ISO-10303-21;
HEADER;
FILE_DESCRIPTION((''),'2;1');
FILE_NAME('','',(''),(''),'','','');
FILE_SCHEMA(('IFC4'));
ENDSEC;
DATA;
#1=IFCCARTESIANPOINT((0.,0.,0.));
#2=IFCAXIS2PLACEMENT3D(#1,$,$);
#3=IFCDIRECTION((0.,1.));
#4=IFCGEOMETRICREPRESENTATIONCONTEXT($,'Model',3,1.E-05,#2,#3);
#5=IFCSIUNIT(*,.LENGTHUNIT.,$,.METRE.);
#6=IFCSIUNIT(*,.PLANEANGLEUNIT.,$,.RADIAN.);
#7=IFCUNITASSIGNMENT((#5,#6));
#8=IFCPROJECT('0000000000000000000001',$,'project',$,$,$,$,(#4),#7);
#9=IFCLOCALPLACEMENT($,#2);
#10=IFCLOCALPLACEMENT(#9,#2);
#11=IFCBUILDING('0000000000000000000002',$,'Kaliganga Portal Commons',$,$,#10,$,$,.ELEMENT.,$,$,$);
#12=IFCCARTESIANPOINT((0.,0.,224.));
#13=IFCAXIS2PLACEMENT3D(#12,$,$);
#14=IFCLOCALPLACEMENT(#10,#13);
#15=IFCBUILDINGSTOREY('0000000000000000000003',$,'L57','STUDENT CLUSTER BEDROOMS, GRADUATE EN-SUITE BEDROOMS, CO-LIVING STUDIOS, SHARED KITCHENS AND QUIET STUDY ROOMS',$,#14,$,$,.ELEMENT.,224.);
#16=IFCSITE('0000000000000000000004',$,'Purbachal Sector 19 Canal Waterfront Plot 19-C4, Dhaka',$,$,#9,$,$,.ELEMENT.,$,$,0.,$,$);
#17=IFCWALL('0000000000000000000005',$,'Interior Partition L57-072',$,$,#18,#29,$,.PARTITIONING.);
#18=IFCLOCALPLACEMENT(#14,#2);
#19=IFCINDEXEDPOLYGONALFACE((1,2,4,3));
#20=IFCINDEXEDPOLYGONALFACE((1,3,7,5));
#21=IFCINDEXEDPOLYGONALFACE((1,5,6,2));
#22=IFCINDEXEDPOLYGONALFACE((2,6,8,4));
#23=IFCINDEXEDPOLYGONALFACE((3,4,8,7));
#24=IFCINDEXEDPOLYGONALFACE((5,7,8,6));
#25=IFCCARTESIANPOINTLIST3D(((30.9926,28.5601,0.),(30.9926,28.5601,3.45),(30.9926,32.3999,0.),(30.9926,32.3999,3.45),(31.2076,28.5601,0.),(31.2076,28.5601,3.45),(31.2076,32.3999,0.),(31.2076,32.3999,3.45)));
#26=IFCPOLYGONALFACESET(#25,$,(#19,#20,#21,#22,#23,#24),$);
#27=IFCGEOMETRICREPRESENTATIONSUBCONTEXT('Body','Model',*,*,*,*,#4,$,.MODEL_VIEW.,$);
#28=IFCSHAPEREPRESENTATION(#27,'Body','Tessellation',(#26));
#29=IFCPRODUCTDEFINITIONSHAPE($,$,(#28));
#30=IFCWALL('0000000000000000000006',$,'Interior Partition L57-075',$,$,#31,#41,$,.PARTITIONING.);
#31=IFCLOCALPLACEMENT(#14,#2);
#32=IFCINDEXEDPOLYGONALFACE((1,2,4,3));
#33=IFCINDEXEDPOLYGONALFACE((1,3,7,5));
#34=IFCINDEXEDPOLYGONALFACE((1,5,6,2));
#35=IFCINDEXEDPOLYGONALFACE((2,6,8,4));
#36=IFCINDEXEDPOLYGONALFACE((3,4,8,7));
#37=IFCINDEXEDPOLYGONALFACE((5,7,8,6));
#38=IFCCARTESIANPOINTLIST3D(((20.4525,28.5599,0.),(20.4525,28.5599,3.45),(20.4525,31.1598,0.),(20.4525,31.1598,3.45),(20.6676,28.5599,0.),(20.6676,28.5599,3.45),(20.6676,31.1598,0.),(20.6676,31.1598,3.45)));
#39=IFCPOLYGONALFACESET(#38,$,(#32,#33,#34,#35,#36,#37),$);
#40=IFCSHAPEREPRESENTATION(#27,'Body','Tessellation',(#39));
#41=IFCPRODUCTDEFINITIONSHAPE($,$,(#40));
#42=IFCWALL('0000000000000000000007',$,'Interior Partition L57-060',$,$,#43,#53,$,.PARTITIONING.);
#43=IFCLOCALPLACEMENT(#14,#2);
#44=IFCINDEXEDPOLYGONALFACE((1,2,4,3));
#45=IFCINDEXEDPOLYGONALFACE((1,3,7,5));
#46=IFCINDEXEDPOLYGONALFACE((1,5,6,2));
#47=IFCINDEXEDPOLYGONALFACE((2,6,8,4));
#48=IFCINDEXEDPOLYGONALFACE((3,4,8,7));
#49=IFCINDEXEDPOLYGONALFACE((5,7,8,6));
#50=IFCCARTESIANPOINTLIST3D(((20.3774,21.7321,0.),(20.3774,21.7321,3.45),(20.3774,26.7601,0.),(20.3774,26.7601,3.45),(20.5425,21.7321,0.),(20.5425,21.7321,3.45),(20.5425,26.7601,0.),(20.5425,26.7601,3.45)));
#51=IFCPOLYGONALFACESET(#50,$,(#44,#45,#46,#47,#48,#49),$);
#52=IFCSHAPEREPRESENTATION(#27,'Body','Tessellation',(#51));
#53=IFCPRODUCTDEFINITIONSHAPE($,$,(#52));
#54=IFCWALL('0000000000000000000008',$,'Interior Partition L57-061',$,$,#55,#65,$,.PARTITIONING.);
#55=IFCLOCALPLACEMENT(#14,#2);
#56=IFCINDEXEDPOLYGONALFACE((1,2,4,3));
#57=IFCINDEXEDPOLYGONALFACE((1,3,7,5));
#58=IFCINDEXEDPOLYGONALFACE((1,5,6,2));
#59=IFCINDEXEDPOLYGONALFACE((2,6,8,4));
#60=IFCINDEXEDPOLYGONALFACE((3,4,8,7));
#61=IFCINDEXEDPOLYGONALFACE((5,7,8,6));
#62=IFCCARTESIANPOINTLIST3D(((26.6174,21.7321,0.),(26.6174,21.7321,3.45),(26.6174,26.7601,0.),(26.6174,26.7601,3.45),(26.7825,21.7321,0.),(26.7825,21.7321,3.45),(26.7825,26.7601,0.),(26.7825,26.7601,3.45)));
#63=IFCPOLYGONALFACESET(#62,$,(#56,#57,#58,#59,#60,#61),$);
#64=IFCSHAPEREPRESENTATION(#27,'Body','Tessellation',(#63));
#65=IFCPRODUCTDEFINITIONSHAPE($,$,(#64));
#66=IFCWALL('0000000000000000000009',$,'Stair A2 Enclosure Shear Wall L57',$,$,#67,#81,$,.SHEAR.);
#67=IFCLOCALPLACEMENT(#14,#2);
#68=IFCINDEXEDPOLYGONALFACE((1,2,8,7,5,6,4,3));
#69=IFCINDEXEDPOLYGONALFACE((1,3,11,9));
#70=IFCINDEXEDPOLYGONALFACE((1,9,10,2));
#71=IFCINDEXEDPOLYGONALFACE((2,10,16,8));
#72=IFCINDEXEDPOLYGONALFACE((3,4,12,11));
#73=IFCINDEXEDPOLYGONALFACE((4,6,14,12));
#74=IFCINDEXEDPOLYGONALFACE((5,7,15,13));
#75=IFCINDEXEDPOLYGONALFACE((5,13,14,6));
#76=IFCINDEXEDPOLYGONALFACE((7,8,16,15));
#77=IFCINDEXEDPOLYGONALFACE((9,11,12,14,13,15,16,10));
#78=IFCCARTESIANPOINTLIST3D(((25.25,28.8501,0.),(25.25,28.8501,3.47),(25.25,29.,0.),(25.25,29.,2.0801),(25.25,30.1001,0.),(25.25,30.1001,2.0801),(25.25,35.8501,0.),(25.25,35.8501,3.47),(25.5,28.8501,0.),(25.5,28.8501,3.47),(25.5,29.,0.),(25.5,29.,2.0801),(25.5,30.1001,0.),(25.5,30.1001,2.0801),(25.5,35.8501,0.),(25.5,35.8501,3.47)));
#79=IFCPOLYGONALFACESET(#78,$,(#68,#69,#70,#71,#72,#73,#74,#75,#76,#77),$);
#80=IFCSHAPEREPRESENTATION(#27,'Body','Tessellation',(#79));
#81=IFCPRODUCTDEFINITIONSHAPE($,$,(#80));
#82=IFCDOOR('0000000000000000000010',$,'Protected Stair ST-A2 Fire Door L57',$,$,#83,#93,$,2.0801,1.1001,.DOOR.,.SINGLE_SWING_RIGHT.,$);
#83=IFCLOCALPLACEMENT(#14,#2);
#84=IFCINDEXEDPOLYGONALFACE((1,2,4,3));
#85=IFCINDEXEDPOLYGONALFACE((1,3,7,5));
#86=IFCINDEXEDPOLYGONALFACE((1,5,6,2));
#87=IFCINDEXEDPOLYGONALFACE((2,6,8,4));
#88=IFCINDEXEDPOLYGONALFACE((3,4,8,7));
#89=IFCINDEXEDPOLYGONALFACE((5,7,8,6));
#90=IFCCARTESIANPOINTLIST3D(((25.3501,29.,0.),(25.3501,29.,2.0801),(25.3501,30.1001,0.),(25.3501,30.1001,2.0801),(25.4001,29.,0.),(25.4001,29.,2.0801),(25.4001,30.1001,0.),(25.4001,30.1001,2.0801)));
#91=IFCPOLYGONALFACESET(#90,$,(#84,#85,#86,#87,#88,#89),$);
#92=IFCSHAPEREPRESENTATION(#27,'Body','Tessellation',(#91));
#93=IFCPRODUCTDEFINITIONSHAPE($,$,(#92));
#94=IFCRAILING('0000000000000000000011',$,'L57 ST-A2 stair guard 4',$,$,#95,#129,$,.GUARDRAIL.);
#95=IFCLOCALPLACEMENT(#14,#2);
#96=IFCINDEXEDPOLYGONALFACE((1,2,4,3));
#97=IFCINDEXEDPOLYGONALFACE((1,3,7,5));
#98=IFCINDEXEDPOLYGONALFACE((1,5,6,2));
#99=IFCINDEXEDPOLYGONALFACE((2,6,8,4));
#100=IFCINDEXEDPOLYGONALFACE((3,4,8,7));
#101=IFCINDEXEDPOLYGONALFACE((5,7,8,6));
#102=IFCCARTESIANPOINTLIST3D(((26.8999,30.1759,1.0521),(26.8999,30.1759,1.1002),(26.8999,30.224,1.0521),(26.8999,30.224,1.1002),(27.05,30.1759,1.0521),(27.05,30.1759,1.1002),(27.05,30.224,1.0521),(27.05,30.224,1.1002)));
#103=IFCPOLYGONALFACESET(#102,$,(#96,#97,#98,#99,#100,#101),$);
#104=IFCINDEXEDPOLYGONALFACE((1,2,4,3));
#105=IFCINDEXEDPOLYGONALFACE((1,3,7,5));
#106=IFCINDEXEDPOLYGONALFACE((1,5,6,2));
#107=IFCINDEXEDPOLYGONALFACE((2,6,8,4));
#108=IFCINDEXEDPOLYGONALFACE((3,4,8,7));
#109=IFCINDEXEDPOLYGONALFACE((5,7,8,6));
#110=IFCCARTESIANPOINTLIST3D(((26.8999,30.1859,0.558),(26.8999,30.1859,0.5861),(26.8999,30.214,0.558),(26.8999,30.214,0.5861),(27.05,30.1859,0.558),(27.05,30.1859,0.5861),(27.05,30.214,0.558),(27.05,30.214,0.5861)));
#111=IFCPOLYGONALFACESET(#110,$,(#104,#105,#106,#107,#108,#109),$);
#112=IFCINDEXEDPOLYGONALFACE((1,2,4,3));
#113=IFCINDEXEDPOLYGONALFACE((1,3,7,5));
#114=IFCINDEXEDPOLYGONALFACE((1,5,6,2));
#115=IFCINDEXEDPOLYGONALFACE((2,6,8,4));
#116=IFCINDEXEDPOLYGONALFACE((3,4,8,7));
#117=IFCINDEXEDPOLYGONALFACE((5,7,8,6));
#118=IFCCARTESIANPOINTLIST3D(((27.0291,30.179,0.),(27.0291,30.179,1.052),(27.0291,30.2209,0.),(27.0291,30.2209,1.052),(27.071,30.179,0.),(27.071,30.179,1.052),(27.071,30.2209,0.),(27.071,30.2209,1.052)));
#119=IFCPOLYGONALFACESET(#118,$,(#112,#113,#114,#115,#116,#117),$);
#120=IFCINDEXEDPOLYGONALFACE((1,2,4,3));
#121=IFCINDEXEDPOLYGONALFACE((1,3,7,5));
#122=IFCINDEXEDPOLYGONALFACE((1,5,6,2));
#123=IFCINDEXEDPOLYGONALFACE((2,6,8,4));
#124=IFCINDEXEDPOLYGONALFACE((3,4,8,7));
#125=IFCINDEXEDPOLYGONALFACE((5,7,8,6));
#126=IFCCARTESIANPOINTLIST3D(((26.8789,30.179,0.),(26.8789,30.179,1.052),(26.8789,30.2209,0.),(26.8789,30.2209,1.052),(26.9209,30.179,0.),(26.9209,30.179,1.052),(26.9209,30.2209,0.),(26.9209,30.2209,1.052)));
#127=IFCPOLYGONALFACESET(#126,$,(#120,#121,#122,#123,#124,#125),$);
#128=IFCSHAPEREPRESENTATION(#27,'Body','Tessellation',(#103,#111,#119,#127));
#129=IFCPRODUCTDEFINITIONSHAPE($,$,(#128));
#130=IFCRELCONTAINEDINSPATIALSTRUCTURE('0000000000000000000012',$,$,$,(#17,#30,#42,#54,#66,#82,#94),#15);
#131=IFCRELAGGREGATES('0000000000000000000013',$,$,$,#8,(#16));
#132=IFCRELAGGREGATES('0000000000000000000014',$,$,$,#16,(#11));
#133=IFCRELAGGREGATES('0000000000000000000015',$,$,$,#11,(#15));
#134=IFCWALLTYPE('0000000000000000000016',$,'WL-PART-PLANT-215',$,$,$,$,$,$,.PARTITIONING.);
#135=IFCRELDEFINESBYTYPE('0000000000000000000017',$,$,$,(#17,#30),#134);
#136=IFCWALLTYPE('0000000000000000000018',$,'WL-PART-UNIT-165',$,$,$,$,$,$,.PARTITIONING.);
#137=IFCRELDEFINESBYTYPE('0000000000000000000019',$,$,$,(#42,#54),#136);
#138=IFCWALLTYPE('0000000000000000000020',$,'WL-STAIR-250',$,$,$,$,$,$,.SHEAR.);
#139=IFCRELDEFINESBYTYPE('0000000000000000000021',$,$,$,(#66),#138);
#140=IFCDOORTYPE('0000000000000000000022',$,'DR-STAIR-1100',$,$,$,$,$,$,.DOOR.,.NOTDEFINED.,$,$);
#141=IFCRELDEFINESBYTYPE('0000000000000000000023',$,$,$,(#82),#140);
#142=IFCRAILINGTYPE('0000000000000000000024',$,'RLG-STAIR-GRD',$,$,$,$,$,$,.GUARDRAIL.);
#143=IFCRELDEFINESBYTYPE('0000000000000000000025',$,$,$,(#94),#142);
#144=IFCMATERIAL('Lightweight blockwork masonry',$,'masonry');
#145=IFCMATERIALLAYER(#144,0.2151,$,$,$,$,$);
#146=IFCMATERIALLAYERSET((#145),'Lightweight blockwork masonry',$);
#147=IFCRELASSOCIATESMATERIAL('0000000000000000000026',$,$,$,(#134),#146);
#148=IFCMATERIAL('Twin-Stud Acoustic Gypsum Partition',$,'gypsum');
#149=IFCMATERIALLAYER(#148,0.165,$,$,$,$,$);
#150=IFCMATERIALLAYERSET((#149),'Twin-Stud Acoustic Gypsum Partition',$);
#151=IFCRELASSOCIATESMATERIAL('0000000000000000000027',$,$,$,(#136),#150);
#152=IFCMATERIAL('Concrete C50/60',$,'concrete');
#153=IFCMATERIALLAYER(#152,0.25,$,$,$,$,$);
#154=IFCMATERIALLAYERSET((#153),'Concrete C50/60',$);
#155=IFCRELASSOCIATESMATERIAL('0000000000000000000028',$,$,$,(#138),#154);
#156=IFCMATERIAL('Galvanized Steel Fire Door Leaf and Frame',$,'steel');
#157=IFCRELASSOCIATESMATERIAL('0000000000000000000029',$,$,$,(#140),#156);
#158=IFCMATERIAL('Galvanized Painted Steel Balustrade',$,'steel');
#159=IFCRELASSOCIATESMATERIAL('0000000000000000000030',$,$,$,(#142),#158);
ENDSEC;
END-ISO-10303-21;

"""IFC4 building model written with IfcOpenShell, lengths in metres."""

from ifc_helpers import new_model, si_unit, direction, frame, frame_2d, origin, origin_2d, place, context, subcontext, project, spatial, rectangle, extrude, material, layer, layer_set, type_object, element, fill, save


model = new_model("IFC4")

# Units and contexts
model_context = context("Model", 3, precision=1e-05, world=origin(), true_north=direction((0.0, 1.0)))
body_context = subcontext(model_context, "Body", "Model", "MODEL_VIEW")
ifc_project = project(units=[si_unit("LENGTHUNIT", "METRE"), si_unit("PLANEANGLEUNIT", "RADIAN")], contexts=[model_context])

# Site, building, storey
site_placement = place(None, origin())
site = spatial("IfcSite", under=ifc_project, at=site_placement, Name="Purbachal Sector 19 Canal Waterfront Plot 19-C4, Dhaka", CompositionType="ELEMENT", RefElevation=0.0)
building_placement = place(site_placement, origin())
building = spatial("IfcBuilding", under=site, at=building_placement, Name="Kaliganga Portal Commons", CompositionType="ELEMENT")
storey_placement = place(building_placement, frame((0.0, 0.0, 224.0)))
storey = spatial("IfcBuildingStorey", under=building, at=storey_placement, Name="L57", Description="STUDENT CLUSTER BEDROOMS, GRADUATE EN-SUITE BEDROOMS, CO-LIVING STUDIOS, SHARED KITCHENS AND QUIET STUDY ROOMS", CompositionType="ELEMENT", Elevation=224.0)

# Shared definitions
ifc_material_1 = material(Name="Concrete C50/60", Category="concrete")

# Walls
ifc_material_2 = material(Name="Lightweight blockwork masonry", Category="masonry")
ifc_layer_1 = layer(ifc_material_2, 0.2151)
ifc_layer_set_1 = layer_set([ifc_layer_1], Name="Lightweight blockwork masonry")
wall_type_1 = type_object("IfcWallType", Name="WL-PART-PLANT-215", PredefinedType="PARTITIONING", material=ifc_layer_set_1)
wall_1_placement = place(storey_placement, frame((31.1001, 28.5601, 0.0), z_axis=(0.0, 0.0, 1.0), x_axis=(0.0, 1.0, 0.0)))
element("IfcWall", 1, at=wall_1_placement, inside=storey, type_object=wall_type_1, Name="Interior Partition L57-072", PredefinedType="PARTITIONING", context=body_context, shape_type="SweptSolid", body=[
    extrude(rectangle(XDim=3.8398, YDim=0.2151, at=frame_2d((1.9199, 0.0))), origin(), (0.0, 0.0, 1.0), 3.45),
])
wall_2_placement = place(storey_placement, frame((20.5601, 28.5601, 0.0), z_axis=(0.0, 0.0, 1.0), x_axis=(0.0, 1.0, 0.0)))
element("IfcWall", 2, at=wall_2_placement, inside=storey, type_object=wall_type_1, Name="Interior Partition L57-075", PredefinedType="PARTITIONING", context=body_context, shape_type="SweptSolid", body=[
    extrude(rectangle(XDim=2.5999, YDim=0.2151, at=frame_2d((1.2998, 0.0))), origin(), (0.0, 0.0, 1.0), 3.45),
])
ifc_material_3 = material(Name="Twin-Stud Acoustic Gypsum Partition", Category="gypsum")
ifc_layer_2 = layer(ifc_material_3, 0.165)
ifc_layer_set_2 = layer_set([ifc_layer_2], Name="Twin-Stud Acoustic Gypsum Partition")
wall_type_2 = type_object("IfcWallType", Name="WL-PART-UNIT-165", PredefinedType="PARTITIONING", material=ifc_layer_set_2)
for number, where, z_axis, x_axis, name in (
    (3, (20.46, 21.7319, 0.0), (0.0, 0.0, 1.0), (0.0, 1.0, 0.0), "Interior Partition L57-060"),
    (4, (26.7, 21.7319, 0.0), (0.0, 0.0, 1.0), (0.0, 1.0, 0.0), "Interior Partition L57-061"),
):
    element("IfcWall", number, at=place(storey_placement, frame(where, z_axis=z_axis, x_axis=x_axis)), inside=storey, type_object=wall_type_2, Name=name, PredefinedType="PARTITIONING", context=body_context, shape_type="SweptSolid", body=[
        extrude(rectangle(XDim=5.0281, YDim=0.165, at=frame_2d((2.5142, 0.0))), origin(), (0.0, 0.0, 1.0), 3.45),
    ])

# Wall, opening, door
ifc_layer_3 = layer(ifc_material_1, 0.25)
ifc_layer_set_3 = layer_set([ifc_layer_3], Name="Concrete C50/60")
wall_type_3 = type_object("IfcWallType", Name="WL-STAIR-250", PredefinedType="SHEAR", material=ifc_layer_set_3)
wall_3_placement = place(storey_placement, frame((25.375, 28.8501, 0.0), z_axis=(0.0, 0.0, 1.0), x_axis=(0.0, 1.0, 0.0)))
wall_3 = element("IfcWall", 5, at=wall_3_placement, inside=storey, type_object=wall_type_3, Name="Stair A2 Enclosure Shear Wall L57", PredefinedType="SHEAR", context=body_context, shape_type="SweptSolid", body=[
    extrude(rectangle(XDim=7.0, YDim=0.25, at=frame_2d((3.5, 0.0))), origin(), (0.0, 0.0, 1.0), 3.47),
])
opening_1_placement = place(wall_3_placement, frame((0.1499, 0.0, 0.0)))
opening_1 = element("IfcOpeningElement", 6, at=opening_1_placement, cuts=wall_3, PredefinedType="OPENING", context=body_context, shape_type="SweptSolid", body=[
    extrude(rectangle(XDim=1.1001, YDim=2.0801, at=frame_2d((0.55, 1.04))), frame((0.0, 0.135, 0.0), z_axis=(0.0, -1.0, 0.0), x_axis=(1.0, 0.0, 0.0)), (0.0, 0.0, 1.0), 0.27),
])
ifc_material_4 = material(Name="Galvanized Steel Fire Door Leaf and Frame", Category="steel")
door_type_1 = type_object("IfcDoorType", Name="DR-STAIR-1100", OperationType="NOTDEFINED", PredefinedType="DOOR", material=ifc_material_4)
door_1_placement = place(opening_1_placement, origin())
door_1 = element("IfcDoor", 7, at=door_1_placement, inside=storey, type_object=door_type_1, Name="Protected Stair ST-A2 Fire Door L57", OperationType="SINGLE_SWING_RIGHT", OverallHeight=2.0801, OverallWidth=1.1001, PredefinedType="DOOR", context=body_context, shape_type="SweptSolid", body=[
    extrude(rectangle(XDim=1.1001, YDim=2.0801, at=frame_2d((0.55, 1.04))), frame((0.0, 0.0249, 0.0), z_axis=(0.0, -1.0, 0.0), x_axis=(1.0, 0.0, 0.0)), (0.0, 0.0, 1.0), 0.05),
])
fill(opening_1, door_1)

# Railing
ifc_material_5 = material(Name="Galvanized Painted Steel Balustrade", Category="steel")
railing_type = type_object("IfcRailingType", Name="RLG-STAIR-GRD", PredefinedType="GUARDRAIL", material=ifc_material_5)
railing_placement = place(storey_placement, frame((27.05, 30.2, 0.0)))
element("IfcRailing", 8, at=railing_placement, inside=storey, type_object=railing_type, Name="L57 ST-A2 stair guard 4", PredefinedType="GUARDRAIL", context=body_context, shape_type="SweptSolid", body=[
    extrude(rectangle(XDim=0.0481, YDim=0.0481, at=origin_2d()), frame((0.0, 0.0, 1.0762), z_axis=(-1.0, 0.0, 0.0), x_axis=(0.0, -1.0, 0.0)), (0.0, 0.0, 1.0), 0.1501),
    extrude(rectangle(XDim=0.0281, YDim=0.0281, at=origin_2d()), frame((0.0, 0.0, 0.572), z_axis=(-1.0, 0.0, 0.0), x_axis=(0.0, -1.0, 0.0)), (0.0, 0.0, 1.0), 0.1501),
    extrude(rectangle(XDim=0.042, YDim=0.042, at=origin_2d()), origin(), (0.0, 0.0, 1.0), 1.052),
    extrude(rectangle(XDim=0.042, YDim=0.042, at=origin_2d()), frame((-0.1501, 0.0, 0.0)), (0.0, 0.0, 1.0), 1.052),
])

save(model, "model.ifc")
